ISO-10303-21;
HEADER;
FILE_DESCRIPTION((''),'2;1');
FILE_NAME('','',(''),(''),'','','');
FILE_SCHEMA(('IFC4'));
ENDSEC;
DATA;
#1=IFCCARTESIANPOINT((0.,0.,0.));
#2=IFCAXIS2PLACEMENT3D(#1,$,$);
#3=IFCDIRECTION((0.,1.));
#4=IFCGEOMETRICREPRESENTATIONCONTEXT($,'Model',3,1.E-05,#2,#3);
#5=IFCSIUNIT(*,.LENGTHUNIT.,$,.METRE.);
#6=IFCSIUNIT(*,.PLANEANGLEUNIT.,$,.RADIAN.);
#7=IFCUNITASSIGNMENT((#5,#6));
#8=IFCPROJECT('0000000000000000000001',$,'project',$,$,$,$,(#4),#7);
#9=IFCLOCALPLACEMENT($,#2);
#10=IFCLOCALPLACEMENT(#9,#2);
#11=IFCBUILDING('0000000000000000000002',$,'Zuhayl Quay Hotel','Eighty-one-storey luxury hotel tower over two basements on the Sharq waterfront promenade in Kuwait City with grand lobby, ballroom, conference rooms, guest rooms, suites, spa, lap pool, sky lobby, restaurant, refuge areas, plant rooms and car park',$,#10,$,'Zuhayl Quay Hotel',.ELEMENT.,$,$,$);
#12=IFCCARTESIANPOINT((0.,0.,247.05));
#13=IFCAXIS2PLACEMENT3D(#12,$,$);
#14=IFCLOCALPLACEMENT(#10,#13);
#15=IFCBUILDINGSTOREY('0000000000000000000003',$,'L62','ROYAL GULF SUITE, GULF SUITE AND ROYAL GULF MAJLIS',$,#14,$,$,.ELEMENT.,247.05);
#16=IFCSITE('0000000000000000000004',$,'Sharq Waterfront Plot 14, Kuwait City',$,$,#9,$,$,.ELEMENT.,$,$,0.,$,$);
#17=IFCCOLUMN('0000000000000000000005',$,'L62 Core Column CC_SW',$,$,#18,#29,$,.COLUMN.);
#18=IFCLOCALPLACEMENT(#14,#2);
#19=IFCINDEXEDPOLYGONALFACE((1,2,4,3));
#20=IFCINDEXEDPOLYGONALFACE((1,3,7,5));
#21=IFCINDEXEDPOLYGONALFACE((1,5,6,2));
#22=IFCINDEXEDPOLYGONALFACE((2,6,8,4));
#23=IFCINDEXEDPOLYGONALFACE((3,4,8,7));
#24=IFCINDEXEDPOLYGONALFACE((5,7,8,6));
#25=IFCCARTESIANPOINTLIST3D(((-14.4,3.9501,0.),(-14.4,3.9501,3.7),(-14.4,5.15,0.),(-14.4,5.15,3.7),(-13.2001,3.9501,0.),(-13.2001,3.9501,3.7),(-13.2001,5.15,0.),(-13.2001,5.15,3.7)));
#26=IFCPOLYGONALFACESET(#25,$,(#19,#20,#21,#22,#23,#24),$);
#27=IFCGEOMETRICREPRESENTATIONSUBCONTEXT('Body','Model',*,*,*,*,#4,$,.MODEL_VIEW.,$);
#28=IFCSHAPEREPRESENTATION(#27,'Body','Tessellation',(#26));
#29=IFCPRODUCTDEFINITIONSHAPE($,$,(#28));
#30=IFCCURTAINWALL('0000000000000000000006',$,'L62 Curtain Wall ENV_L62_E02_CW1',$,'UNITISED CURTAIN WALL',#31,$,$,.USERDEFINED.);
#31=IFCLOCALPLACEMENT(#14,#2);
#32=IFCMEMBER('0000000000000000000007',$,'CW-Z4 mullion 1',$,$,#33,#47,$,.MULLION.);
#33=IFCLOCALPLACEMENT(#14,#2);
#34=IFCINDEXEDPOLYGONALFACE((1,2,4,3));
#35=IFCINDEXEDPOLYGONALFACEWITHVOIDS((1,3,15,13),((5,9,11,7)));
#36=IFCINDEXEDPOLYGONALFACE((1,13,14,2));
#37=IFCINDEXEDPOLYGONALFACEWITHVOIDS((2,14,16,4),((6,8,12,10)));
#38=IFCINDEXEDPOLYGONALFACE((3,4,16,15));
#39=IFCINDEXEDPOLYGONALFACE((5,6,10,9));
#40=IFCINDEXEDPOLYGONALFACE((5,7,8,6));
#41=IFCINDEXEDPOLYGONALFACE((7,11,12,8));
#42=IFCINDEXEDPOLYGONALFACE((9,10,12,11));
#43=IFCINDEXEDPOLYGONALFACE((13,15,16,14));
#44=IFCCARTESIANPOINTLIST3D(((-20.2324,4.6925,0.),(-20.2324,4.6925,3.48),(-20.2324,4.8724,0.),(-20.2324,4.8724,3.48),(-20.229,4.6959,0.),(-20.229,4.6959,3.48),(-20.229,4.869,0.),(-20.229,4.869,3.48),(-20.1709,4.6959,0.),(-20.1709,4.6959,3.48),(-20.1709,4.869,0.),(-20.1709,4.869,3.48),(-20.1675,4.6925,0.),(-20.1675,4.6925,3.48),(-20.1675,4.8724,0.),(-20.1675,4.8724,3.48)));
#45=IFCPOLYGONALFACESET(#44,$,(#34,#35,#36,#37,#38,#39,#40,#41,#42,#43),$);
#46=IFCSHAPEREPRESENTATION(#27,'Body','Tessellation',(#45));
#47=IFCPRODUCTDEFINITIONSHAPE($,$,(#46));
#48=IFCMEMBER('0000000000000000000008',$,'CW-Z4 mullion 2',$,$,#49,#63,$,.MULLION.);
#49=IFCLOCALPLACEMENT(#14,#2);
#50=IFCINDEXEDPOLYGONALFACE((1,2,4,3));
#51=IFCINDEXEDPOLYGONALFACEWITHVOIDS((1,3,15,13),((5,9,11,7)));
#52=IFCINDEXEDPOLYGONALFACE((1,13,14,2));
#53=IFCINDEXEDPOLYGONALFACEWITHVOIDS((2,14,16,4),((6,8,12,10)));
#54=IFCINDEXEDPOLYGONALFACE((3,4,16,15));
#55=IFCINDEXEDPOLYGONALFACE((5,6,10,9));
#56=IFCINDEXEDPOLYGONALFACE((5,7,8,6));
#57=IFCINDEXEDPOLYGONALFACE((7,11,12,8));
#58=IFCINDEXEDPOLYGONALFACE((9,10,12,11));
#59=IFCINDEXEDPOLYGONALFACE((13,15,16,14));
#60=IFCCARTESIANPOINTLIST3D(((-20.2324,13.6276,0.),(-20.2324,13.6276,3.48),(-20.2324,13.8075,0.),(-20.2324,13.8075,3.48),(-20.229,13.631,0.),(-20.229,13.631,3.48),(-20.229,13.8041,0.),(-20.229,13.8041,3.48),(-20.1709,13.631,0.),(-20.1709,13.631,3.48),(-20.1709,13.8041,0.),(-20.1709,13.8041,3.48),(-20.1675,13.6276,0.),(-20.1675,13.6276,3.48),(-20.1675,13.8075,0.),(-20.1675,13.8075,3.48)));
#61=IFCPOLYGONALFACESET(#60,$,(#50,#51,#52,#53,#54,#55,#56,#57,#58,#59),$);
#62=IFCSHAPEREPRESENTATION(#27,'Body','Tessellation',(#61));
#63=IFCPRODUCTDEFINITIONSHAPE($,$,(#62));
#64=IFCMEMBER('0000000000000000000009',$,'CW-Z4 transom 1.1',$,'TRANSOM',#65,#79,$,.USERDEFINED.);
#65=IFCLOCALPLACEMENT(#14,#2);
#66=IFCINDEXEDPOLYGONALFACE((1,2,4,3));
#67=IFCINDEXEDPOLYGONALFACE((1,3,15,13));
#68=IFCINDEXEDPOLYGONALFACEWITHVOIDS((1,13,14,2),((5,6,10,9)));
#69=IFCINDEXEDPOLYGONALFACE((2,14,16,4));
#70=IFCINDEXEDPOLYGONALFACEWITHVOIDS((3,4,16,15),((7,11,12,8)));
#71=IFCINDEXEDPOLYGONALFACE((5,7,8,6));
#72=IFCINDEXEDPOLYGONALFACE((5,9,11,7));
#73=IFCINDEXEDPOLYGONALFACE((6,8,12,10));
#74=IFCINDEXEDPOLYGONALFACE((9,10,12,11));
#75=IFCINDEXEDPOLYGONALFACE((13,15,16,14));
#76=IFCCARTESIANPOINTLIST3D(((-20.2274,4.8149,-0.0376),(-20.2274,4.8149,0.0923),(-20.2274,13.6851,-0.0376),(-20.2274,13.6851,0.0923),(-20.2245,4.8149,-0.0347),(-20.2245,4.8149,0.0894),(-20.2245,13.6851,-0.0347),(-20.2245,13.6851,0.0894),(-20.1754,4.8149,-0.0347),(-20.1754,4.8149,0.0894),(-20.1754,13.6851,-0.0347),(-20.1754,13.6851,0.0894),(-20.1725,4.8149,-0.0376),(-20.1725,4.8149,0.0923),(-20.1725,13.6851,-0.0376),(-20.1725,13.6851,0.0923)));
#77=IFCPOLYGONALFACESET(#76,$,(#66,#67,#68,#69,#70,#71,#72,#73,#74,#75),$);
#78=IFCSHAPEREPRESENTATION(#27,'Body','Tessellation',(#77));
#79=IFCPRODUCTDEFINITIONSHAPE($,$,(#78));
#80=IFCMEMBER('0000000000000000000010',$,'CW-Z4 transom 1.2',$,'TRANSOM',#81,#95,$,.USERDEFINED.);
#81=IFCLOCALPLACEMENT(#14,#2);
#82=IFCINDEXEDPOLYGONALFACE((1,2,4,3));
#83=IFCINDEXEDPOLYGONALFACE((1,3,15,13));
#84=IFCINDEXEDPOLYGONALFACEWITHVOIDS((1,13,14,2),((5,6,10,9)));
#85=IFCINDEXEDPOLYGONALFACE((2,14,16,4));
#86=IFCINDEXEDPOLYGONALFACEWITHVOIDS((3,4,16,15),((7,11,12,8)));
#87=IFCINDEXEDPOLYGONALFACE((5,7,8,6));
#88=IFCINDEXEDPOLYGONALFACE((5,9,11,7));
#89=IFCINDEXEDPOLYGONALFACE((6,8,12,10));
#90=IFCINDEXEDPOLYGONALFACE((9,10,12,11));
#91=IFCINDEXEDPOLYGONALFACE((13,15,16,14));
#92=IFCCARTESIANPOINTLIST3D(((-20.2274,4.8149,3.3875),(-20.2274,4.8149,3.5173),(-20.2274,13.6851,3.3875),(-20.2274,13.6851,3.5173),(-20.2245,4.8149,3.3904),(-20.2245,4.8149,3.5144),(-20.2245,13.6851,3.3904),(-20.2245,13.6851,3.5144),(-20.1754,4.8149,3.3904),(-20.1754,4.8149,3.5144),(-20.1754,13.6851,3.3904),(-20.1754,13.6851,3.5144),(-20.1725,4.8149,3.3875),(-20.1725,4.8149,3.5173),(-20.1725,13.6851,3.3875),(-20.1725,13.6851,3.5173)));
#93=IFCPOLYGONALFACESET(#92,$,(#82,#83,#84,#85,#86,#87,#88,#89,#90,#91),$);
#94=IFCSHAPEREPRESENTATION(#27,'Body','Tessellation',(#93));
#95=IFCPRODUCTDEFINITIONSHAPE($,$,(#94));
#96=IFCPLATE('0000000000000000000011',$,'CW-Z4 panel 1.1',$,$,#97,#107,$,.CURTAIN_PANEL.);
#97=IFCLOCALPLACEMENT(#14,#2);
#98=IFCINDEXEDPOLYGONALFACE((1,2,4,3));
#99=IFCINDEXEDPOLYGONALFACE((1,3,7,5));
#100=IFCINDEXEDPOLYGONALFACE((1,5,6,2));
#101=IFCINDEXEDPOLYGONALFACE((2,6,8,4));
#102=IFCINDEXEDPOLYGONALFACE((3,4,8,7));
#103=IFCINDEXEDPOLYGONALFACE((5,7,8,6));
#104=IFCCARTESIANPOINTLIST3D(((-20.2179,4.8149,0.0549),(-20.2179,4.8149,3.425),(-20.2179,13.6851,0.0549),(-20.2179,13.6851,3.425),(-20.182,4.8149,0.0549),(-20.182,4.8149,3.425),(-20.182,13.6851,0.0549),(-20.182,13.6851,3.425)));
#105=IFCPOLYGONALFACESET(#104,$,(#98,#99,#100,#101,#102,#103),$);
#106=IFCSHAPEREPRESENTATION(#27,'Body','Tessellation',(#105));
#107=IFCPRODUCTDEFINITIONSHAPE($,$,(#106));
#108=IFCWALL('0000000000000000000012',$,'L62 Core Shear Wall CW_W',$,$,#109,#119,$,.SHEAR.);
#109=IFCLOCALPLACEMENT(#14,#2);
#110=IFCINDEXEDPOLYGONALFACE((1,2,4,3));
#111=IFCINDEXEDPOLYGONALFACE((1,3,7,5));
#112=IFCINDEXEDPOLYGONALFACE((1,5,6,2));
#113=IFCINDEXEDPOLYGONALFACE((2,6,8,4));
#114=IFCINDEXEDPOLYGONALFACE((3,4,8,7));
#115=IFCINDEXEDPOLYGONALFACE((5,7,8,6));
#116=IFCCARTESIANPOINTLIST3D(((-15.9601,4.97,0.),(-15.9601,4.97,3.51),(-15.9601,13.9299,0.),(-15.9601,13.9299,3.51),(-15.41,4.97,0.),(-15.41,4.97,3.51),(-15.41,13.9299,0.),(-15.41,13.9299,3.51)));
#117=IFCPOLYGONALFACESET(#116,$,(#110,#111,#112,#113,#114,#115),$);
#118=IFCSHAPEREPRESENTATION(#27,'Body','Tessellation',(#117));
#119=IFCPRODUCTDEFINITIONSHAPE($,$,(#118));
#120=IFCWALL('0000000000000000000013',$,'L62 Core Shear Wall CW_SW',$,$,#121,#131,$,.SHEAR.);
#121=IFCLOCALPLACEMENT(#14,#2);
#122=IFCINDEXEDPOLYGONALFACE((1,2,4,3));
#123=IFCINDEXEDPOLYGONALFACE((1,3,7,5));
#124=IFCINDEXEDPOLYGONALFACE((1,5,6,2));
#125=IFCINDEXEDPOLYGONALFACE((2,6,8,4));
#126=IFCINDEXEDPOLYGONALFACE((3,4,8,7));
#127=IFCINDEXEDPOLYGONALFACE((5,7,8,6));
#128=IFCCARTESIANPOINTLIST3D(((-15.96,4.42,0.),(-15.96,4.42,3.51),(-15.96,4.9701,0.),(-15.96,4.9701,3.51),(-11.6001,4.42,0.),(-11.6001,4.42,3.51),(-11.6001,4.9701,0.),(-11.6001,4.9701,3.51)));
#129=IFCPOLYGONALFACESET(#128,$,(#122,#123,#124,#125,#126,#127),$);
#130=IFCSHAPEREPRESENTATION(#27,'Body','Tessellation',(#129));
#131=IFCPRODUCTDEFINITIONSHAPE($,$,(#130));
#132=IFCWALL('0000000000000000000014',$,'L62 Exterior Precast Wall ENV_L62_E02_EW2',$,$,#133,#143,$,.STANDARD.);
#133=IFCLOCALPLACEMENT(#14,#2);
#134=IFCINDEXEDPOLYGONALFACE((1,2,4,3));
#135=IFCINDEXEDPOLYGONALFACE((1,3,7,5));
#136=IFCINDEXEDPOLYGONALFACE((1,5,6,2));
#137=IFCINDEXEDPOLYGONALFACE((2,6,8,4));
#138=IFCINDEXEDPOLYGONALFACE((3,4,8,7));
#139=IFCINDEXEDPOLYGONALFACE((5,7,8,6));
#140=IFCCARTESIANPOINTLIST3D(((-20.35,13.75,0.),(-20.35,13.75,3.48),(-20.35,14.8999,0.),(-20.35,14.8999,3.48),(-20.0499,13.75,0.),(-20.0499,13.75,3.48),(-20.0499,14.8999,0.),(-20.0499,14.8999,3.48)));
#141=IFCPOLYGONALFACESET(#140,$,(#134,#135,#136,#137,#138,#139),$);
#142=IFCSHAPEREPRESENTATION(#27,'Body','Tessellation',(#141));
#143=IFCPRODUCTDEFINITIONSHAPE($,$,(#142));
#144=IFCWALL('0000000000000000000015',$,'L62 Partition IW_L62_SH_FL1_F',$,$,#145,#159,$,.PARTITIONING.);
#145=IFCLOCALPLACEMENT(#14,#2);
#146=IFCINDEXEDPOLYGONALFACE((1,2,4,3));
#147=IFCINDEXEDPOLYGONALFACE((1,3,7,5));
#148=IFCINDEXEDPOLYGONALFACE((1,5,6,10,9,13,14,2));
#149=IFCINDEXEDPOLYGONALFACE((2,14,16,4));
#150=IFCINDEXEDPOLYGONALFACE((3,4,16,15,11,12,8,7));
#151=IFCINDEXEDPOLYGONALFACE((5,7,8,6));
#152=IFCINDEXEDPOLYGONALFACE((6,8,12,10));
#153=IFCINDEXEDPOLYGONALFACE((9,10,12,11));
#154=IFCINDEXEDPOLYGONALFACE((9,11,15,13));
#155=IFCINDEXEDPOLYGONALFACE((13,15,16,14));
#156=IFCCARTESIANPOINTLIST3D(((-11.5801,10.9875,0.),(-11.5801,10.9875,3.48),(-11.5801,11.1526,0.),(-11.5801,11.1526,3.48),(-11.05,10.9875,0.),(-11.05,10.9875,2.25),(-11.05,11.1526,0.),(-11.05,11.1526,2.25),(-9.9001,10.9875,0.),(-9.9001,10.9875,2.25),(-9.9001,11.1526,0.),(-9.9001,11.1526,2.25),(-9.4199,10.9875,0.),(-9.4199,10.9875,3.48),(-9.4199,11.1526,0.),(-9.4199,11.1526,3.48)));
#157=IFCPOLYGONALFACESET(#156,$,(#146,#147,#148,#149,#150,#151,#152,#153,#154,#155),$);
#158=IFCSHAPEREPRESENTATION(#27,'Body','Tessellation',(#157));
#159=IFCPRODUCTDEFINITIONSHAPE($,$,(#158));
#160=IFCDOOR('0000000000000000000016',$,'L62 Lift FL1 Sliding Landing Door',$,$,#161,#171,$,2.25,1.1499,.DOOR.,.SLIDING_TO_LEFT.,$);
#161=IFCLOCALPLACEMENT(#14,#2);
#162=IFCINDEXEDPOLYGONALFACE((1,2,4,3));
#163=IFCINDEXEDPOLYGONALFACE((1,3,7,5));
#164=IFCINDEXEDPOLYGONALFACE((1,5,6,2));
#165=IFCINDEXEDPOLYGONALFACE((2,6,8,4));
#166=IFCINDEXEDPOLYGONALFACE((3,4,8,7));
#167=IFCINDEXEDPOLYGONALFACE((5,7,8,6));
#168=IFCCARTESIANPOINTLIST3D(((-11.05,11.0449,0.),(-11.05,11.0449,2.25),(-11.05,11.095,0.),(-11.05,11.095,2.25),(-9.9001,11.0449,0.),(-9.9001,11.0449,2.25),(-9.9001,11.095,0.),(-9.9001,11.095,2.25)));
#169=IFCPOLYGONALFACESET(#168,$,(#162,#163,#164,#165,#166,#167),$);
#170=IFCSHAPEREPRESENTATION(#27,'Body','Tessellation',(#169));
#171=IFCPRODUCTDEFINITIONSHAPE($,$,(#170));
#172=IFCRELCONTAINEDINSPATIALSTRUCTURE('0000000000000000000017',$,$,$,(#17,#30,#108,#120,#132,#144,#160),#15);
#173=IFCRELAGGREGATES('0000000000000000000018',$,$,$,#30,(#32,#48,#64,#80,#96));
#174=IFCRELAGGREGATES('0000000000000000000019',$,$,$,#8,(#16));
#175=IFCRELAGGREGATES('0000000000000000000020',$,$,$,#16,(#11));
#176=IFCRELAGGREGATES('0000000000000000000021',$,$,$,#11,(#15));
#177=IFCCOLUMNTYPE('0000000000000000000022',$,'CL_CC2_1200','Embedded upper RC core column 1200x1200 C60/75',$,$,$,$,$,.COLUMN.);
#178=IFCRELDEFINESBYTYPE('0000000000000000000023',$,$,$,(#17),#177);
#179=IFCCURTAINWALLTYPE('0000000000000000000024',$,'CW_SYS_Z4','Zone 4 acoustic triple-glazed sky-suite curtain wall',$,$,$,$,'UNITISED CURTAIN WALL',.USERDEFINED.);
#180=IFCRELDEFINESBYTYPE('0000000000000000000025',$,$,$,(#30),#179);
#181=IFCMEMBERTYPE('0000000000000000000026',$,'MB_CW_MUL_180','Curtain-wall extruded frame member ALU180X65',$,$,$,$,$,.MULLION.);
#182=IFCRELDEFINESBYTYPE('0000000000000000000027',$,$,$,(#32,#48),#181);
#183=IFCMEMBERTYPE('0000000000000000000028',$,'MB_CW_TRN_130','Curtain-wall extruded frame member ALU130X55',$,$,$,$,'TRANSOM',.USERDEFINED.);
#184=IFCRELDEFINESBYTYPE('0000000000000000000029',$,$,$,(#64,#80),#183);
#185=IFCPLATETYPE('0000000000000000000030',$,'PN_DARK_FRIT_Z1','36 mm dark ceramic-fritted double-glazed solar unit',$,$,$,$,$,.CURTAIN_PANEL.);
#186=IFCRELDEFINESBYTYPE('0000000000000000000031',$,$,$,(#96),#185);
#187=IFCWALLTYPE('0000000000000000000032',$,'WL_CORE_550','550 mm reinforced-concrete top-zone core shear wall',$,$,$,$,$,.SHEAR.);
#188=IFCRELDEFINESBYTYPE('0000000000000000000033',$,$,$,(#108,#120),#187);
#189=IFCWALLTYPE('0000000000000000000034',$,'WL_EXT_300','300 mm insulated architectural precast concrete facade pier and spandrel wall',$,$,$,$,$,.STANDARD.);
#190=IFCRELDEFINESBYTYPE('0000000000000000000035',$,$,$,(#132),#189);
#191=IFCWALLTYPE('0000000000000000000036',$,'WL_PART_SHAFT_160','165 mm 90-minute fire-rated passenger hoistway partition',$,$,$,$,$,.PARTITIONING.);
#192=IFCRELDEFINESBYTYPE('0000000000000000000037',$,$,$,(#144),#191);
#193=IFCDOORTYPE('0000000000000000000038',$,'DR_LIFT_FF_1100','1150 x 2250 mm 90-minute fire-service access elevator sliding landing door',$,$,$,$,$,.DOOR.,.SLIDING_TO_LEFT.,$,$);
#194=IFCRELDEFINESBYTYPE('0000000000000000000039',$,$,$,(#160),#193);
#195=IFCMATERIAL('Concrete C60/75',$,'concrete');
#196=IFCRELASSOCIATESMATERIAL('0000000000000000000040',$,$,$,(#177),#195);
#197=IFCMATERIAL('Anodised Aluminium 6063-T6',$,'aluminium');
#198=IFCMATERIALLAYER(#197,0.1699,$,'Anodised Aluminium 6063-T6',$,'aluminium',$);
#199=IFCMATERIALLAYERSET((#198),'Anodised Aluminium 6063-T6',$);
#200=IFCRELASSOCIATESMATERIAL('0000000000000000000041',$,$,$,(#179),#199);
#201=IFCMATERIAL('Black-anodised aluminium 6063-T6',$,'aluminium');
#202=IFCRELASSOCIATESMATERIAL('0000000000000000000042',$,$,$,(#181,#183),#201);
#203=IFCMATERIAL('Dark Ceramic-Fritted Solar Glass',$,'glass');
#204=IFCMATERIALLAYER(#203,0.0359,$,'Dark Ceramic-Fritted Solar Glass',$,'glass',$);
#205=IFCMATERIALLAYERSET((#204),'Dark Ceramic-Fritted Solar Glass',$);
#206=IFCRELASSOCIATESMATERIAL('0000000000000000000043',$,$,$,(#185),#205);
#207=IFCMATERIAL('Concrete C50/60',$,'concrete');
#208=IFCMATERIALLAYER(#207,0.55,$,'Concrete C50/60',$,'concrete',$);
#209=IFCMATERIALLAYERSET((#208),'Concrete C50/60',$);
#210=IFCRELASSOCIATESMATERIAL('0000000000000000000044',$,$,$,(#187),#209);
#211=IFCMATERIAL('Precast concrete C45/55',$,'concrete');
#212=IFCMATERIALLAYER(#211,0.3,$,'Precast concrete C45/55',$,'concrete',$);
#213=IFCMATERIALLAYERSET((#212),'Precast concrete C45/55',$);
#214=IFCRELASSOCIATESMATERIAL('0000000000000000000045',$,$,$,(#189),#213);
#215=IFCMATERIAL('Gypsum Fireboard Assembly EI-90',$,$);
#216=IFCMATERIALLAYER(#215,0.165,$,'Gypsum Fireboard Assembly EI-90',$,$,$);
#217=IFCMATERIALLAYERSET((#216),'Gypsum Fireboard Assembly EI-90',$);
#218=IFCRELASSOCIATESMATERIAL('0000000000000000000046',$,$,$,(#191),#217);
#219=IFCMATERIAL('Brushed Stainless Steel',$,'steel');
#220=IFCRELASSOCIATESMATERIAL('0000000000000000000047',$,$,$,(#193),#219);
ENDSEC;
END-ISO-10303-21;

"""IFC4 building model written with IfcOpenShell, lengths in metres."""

from ifc_helpers import new_model, si_unit, direction, frame, frame_2d, origin, origin_2d, place, context, subcontext, project, spatial, rectangle, hollow_rectangle, extrude, material, layer, layer_set, material_profile, profile_set, type_object, element, fill, aggregate, save


model = new_model("IFC4")

# Units and contexts
model_context = context("Model", 3, precision=1e-05, world=origin(), true_north=direction((0.0, 1.0)))
body_context = subcontext(model_context, "Body", "Model", "MODEL_VIEW")
ifc_project = project(units=[si_unit("LENGTHUNIT", "METRE"), si_unit("PLANEANGLEUNIT", "RADIAN")], contexts=[model_context])

# Site, building, storey
site_placement = place(None, origin())
site = spatial("IfcSite", under=ifc_project, at=site_placement, Name="Sharq Waterfront Plot 14, Kuwait City", CompositionType="ELEMENT", RefElevation=0.0)
building_placement = place(site_placement, origin())
building = spatial("IfcBuilding", under=site, at=building_placement, Name="Zuhayl Quay Hotel", Description="Eighty-one-storey luxury hotel tower over two basements on the Sharq waterfront promenade in Kuwait City with grand lobby, ballroom, conference rooms, guest rooms, suites, spa, lap pool, sky lobby, restaurant, refuge areas, plant rooms and car park", LongName="Zuhayl Quay Hotel", CompositionType="ELEMENT")
storey_placement = place(building_placement, frame((0.0, 0.0, 247.05)))
storey = spatial("IfcBuildingStorey", under=building, at=storey_placement, Name="L62", Description="ROYAL GULF SUITE, GULF SUITE AND ROYAL GULF MAJLIS", CompositionType="ELEMENT", Elevation=247.05)

# Column
ifc_material_1 = material(Name="Concrete C60/75", Category="concrete")
ifc_material_profile_1 = material_profile(ifc_material_1, rectangle(XDim=1.2, YDim=1.2, at=origin_2d()), Name="RC1200X1200")
ifc_profile_set_1 = profile_set([ifc_material_profile_1], Name="Concrete C60/75")
column_type = type_object("IfcColumnType", Name="CL_CC2_1200", Description="Embedded upper RC core column 1200x1200 C60/75", PredefinedType="COLUMN", material=ifc_profile_set_1)
column_placement = place(storey_placement, frame((-13.8, 4.55, 0.0), z_axis=(0.0, 0.0, 1.0), x_axis=(1.0, 0.0, 0.0)))
element("IfcColumn", 1, at=column_placement, inside=storey, type_object=column_type, Name="L62 Core Column CC_SW", PredefinedType="COLUMN", context=body_context, shape_type="SweptSolid", body=[
    extrude(rectangle(XDim=1.2, YDim=1.2, at=origin_2d()), origin(), (0.0, 0.0, 1.0), 3.7),
])

# Curtain wall, members, plate
ifc_material_2 = material(Name="Anodised Aluminium 6063-T6", Category="aluminium")
ifc_layer_1 = layer(ifc_material_2, 0.1699, Name="Anodised Aluminium 6063-T6", Category="aluminium")
ifc_layer_set_1 = layer_set([ifc_layer_1], Name="Anodised Aluminium 6063-T6")
curtain_wall_type = type_object("IfcCurtainWallType", Name="CW_SYS_Z4", Description="Zone 4 acoustic triple-glazed sky-suite curtain wall", ElementType="UNITISED CURTAIN WALL", PredefinedType="USERDEFINED", material=ifc_layer_set_1)
curtain_wall_placement = place(storey_placement, origin())
curtain_wall = element("IfcCurtainWall", 2, at=curtain_wall_placement, inside=storey, type_object=curtain_wall_type, Name="L62 Curtain Wall ENV_L62_E02_CW1", ObjectType="UNITISED CURTAIN WALL", PredefinedType="USERDEFINED")
ifc_material_3 = material(Name="Black-anodised aluminium 6063-T6", Category="aluminium")
ifc_material_profile_2 = material_profile(ifc_material_3, hollow_rectangle(XDim=0.0649, YDim=0.1799, WallThickness=0.0034, at=origin_2d()), Name="ALU180X65")
ifc_profile_set_2 = profile_set([ifc_material_profile_2], Name="Black-anodised aluminium 6063-T6")
member_type_1 = type_object("IfcMemberType", Name="MB_CW_MUL_180", Description="Curtain-wall extruded frame member ALU180X65", PredefinedType="MULLION", material=ifc_profile_set_2)
member_1_placement = place(storey_placement, frame((-20.2, 4.7825, 0.0), z_axis=(0.0, 0.0, 1.0), x_axis=(-1.0, 0.0, 0.0)))
member_1 = element("IfcMember", 3, at=member_1_placement, type_object=member_type_1, Name="CW-Z4 mullion 1", PredefinedType="MULLION", context=body_context, shape_type="SweptSolid", body=[
    extrude(hollow_rectangle(XDim=0.0649, YDim=0.1799, WallThickness=0.0034, at=origin_2d()), origin(), (0.0, 0.0, 1.0), 3.48),
])
member_2_placement = place(storey_placement, frame((-20.2, 13.7175, 0.0), z_axis=(0.0, 0.0, 1.0), x_axis=(-1.0, 0.0, 0.0)))
member_2 = element("IfcMember", 4, at=member_2_placement, type_object=member_type_1, Name="CW-Z4 mullion 2", PredefinedType="MULLION", context=body_context, shape_type="SweptSolid", body=[
    extrude(hollow_rectangle(XDim=0.0649, YDim=0.1799, WallThickness=0.0034, at=origin_2d()), origin(), (0.0, 0.0, 1.0), 3.48),
])
ifc_material_profile_3 = material_profile(ifc_material_3, hollow_rectangle(XDim=0.0549, YDim=0.1299, WallThickness=0.0029, at=origin_2d()), Name="ALU130X55")
ifc_profile_set_3 = profile_set([ifc_material_profile_3], Name="Black-anodised aluminium 6063-T6")
member_type_2 = type_object("IfcMemberType", Name="MB_CW_TRN_130", Description="Curtain-wall extruded frame member ALU130X55", ElementType="TRANSOM", PredefinedType="USERDEFINED", material=ifc_profile_set_3)
member_3_placement = place(storey_placement, frame((-20.2, 4.8149, 0.0273), z_axis=(0.0, 1.0, 0.0), x_axis=(-1.0, 0.0, 0.0)))
member_3 = element("IfcMember", 5, at=member_3_placement, type_object=member_type_2, Name="CW-Z4 transom 1.1", ObjectType="TRANSOM", PredefinedType="USERDEFINED", context=body_context, shape_type="SweptSolid", body=[
    extrude(hollow_rectangle(XDim=0.0549, YDim=0.1299, WallThickness=0.0029, at=origin_2d()), origin(), (0.0, 0.0, 1.0), 8.8701),
])
member_4_placement = place(storey_placement, frame((-20.2, 4.8149, 3.4524), z_axis=(0.0, 1.0, 0.0), x_axis=(-1.0, 0.0, 0.0)))
member_4 = element("IfcMember", 6, at=member_4_placement, type_object=member_type_2, Name="CW-Z4 transom 1.2", ObjectType="TRANSOM", PredefinedType="USERDEFINED", context=body_context, shape_type="SweptSolid", body=[
    extrude(hollow_rectangle(XDim=0.0549, YDim=0.1299, WallThickness=0.0029, at=origin_2d()), origin(), (0.0, 0.0, 1.0), 8.8701),
])
ifc_material_4 = material(Name="Dark Ceramic-Fritted Solar Glass", Category="glass")
ifc_layer_2 = layer(ifc_material_4, 0.0359, Name="Dark Ceramic-Fritted Solar Glass", Category="glass")
ifc_layer_set_2 = layer_set([ifc_layer_2], Name="Dark Ceramic-Fritted Solar Glass")
plate_type = type_object("IfcPlateType", Name="PN_DARK_FRIT_Z1", Description="36 mm dark ceramic-fritted double-glazed solar unit", PredefinedType="CURTAIN_PANEL", material=ifc_layer_set_2)
plate_placement = place(storey_placement, frame((-20.2, 9.25, 0.0549), z_axis=(0.0, 0.0, 1.0), x_axis=(0.0, 1.0, 0.0)))
plate = element("IfcPlate", 7, at=plate_placement, type_object=plate_type, Name="CW-Z4 panel 1.1", PredefinedType="CURTAIN_PANEL", context=body_context, shape_type="SweptSolid", body=[
    extrude(rectangle(XDim=8.8701, YDim=0.0359, at=origin_2d()), origin(), (0.0, 0.0, 1.0), 3.3701),
])
aggregate(curtain_wall, [member_1, member_2, member_3, member_4, plate])

# Walls
ifc_material_5 = material(Name="Concrete C50/60", Category="concrete")
ifc_layer_3 = layer(ifc_material_5, 0.55, Name="Concrete C50/60", Category="concrete")
ifc_layer_set_3 = layer_set([ifc_layer_3], Name="Concrete C50/60")
wall_type_1 = type_object("IfcWallType", Name="WL_CORE_550", Description="550 mm reinforced-concrete top-zone core shear wall", PredefinedType="SHEAR", material=ifc_layer_set_3)
wall_1_placement = place(storey_placement, frame((-15.6851, 4.97, 0.0), z_axis=(0.0, 0.0, 1.0), x_axis=(0.0, 1.0, 0.0)))
element("IfcWall", 8, at=wall_1_placement, inside=storey, type_object=wall_type_1, Name="L62 Core Shear Wall CW_W", PredefinedType="SHEAR", context=body_context, shape_type="SweptSolid", body=[
    extrude(rectangle(XDim=8.96, YDim=0.55, at=frame_2d((4.48, 0.0))), origin(), (0.0, 0.0, 1.0), 3.51),
])
wall_2_placement = place(storey_placement, frame((-15.96, 4.6951, 0.0), z_axis=(0.0, 0.0, 1.0), x_axis=(1.0, 0.0, 0.0)))
element("IfcWall", 9, at=wall_2_placement, inside=storey, type_object=wall_type_1, Name="L62 Core Shear Wall CW_SW", PredefinedType="SHEAR", context=body_context, shape_type="SweptSolid", body=[
    extrude(rectangle(XDim=4.3599, YDim=0.55, at=frame_2d((2.1799, 0.0))), origin(), (0.0, 0.0, 1.0), 3.51),
])
ifc_material_6 = material(Name="Precast concrete C45/55", Category="concrete")
ifc_layer_4 = layer(ifc_material_6, 0.3, Name="Precast concrete C45/55", Category="concrete")
ifc_layer_set_4 = layer_set([ifc_layer_4], Name="Precast concrete C45/55")
wall_type_2 = type_object("IfcWallType", Name="WL_EXT_300", Description="300 mm insulated architectural precast concrete facade pier and spandrel wall", PredefinedType="STANDARD", material=ifc_layer_set_4)
wall_3_placement = place(storey_placement, frame((-20.2, 13.75, 0.0), z_axis=(0.0, 0.0, 1.0), x_axis=(0.0, 1.0, 0.0)))
element("IfcWall", 10, at=wall_3_placement, inside=storey, type_object=wall_type_2, Name="L62 Exterior Precast Wall ENV_L62_E02_EW2", PredefinedType="STANDARD", context=body_context, shape_type="SweptSolid", body=[
    extrude(rectangle(XDim=1.1499, YDim=0.3, at=frame_2d((0.575, 0.0))), origin(), (0.0, 0.0, 1.0), 3.48),
])

# Wall, opening, door
ifc_material_7 = material(Name="Gypsum Fireboard Assembly EI-90")
ifc_layer_5 = layer(ifc_material_7, 0.165, Name="Gypsum Fireboard Assembly EI-90")
ifc_layer_set_5 = layer_set([ifc_layer_5], Name="Gypsum Fireboard Assembly EI-90")
wall_type_3 = type_object("IfcWallType", Name="WL_PART_SHAFT_160", Description="165 mm 90-minute fire-rated passenger hoistway partition", PredefinedType="PARTITIONING", material=ifc_layer_set_5)
wall_4_placement = place(storey_placement, frame((-11.5801, 11.0701, 0.0), z_axis=(0.0, 0.0, 1.0), x_axis=(1.0, 0.0, 0.0)))
wall_4 = element("IfcWall", 11, at=wall_4_placement, inside=storey, type_object=wall_type_3, Name="L62 Partition IW_L62_SH_FL1_F", PredefinedType="PARTITIONING", context=body_context, shape_type="SweptSolid", body=[
    extrude(rectangle(XDim=2.1602, YDim=0.165, at=frame_2d((1.0801, 0.0))), origin(), (0.0, 0.0, 1.0), 3.48),
])
opening_1_placement = place(wall_4_placement, frame((0.53, 0.0, 0.0)))
opening_1 = element("IfcOpeningElement", 12, at=opening_1_placement, cuts=wall_4, PredefinedType="OPENING", context=body_context, shape_type="SweptSolid", body=[
    extrude(rectangle(XDim=1.1499, YDim=2.25, at=frame_2d((0.575, 1.125))), frame((0.0, 0.0925, 0.0), z_axis=(0.0, -1.0, 0.0), x_axis=(1.0, 0.0, 0.0)), (0.0, 0.0, 1.0), 0.1851),
])
ifc_material_8 = material(Name="Brushed Stainless Steel", Category="steel")
door_type_1 = type_object("IfcDoorType", Name="DR_LIFT_FF_1100", Description="1150 x 2250 mm 90-minute fire-service access elevator sliding landing door", OperationType="SLIDING_TO_LEFT", PredefinedType="DOOR", material=ifc_material_8)
door_1_placement = place(opening_1_placement, origin())
door_1 = element("IfcDoor", 13, at=door_1_placement, inside=storey, type_object=door_type_1, Name="L62 Lift FL1 Sliding Landing Door", OperationType="SLIDING_TO_LEFT", OverallHeight=2.25, OverallWidth=1.1499, PredefinedType="DOOR", context=body_context, shape_type="SweptSolid", body=[
    extrude(rectangle(XDim=1.1499, YDim=2.25, at=frame_2d((0.575, 1.125))), frame((0.0, 0.0249, 0.0), z_axis=(0.0, -1.0, 0.0), x_axis=(1.0, 0.0, 0.0)), (0.0, 0.0, 1.0), 0.05),
])
fill(opening_1, door_1)

save(model, "model.ifc")
